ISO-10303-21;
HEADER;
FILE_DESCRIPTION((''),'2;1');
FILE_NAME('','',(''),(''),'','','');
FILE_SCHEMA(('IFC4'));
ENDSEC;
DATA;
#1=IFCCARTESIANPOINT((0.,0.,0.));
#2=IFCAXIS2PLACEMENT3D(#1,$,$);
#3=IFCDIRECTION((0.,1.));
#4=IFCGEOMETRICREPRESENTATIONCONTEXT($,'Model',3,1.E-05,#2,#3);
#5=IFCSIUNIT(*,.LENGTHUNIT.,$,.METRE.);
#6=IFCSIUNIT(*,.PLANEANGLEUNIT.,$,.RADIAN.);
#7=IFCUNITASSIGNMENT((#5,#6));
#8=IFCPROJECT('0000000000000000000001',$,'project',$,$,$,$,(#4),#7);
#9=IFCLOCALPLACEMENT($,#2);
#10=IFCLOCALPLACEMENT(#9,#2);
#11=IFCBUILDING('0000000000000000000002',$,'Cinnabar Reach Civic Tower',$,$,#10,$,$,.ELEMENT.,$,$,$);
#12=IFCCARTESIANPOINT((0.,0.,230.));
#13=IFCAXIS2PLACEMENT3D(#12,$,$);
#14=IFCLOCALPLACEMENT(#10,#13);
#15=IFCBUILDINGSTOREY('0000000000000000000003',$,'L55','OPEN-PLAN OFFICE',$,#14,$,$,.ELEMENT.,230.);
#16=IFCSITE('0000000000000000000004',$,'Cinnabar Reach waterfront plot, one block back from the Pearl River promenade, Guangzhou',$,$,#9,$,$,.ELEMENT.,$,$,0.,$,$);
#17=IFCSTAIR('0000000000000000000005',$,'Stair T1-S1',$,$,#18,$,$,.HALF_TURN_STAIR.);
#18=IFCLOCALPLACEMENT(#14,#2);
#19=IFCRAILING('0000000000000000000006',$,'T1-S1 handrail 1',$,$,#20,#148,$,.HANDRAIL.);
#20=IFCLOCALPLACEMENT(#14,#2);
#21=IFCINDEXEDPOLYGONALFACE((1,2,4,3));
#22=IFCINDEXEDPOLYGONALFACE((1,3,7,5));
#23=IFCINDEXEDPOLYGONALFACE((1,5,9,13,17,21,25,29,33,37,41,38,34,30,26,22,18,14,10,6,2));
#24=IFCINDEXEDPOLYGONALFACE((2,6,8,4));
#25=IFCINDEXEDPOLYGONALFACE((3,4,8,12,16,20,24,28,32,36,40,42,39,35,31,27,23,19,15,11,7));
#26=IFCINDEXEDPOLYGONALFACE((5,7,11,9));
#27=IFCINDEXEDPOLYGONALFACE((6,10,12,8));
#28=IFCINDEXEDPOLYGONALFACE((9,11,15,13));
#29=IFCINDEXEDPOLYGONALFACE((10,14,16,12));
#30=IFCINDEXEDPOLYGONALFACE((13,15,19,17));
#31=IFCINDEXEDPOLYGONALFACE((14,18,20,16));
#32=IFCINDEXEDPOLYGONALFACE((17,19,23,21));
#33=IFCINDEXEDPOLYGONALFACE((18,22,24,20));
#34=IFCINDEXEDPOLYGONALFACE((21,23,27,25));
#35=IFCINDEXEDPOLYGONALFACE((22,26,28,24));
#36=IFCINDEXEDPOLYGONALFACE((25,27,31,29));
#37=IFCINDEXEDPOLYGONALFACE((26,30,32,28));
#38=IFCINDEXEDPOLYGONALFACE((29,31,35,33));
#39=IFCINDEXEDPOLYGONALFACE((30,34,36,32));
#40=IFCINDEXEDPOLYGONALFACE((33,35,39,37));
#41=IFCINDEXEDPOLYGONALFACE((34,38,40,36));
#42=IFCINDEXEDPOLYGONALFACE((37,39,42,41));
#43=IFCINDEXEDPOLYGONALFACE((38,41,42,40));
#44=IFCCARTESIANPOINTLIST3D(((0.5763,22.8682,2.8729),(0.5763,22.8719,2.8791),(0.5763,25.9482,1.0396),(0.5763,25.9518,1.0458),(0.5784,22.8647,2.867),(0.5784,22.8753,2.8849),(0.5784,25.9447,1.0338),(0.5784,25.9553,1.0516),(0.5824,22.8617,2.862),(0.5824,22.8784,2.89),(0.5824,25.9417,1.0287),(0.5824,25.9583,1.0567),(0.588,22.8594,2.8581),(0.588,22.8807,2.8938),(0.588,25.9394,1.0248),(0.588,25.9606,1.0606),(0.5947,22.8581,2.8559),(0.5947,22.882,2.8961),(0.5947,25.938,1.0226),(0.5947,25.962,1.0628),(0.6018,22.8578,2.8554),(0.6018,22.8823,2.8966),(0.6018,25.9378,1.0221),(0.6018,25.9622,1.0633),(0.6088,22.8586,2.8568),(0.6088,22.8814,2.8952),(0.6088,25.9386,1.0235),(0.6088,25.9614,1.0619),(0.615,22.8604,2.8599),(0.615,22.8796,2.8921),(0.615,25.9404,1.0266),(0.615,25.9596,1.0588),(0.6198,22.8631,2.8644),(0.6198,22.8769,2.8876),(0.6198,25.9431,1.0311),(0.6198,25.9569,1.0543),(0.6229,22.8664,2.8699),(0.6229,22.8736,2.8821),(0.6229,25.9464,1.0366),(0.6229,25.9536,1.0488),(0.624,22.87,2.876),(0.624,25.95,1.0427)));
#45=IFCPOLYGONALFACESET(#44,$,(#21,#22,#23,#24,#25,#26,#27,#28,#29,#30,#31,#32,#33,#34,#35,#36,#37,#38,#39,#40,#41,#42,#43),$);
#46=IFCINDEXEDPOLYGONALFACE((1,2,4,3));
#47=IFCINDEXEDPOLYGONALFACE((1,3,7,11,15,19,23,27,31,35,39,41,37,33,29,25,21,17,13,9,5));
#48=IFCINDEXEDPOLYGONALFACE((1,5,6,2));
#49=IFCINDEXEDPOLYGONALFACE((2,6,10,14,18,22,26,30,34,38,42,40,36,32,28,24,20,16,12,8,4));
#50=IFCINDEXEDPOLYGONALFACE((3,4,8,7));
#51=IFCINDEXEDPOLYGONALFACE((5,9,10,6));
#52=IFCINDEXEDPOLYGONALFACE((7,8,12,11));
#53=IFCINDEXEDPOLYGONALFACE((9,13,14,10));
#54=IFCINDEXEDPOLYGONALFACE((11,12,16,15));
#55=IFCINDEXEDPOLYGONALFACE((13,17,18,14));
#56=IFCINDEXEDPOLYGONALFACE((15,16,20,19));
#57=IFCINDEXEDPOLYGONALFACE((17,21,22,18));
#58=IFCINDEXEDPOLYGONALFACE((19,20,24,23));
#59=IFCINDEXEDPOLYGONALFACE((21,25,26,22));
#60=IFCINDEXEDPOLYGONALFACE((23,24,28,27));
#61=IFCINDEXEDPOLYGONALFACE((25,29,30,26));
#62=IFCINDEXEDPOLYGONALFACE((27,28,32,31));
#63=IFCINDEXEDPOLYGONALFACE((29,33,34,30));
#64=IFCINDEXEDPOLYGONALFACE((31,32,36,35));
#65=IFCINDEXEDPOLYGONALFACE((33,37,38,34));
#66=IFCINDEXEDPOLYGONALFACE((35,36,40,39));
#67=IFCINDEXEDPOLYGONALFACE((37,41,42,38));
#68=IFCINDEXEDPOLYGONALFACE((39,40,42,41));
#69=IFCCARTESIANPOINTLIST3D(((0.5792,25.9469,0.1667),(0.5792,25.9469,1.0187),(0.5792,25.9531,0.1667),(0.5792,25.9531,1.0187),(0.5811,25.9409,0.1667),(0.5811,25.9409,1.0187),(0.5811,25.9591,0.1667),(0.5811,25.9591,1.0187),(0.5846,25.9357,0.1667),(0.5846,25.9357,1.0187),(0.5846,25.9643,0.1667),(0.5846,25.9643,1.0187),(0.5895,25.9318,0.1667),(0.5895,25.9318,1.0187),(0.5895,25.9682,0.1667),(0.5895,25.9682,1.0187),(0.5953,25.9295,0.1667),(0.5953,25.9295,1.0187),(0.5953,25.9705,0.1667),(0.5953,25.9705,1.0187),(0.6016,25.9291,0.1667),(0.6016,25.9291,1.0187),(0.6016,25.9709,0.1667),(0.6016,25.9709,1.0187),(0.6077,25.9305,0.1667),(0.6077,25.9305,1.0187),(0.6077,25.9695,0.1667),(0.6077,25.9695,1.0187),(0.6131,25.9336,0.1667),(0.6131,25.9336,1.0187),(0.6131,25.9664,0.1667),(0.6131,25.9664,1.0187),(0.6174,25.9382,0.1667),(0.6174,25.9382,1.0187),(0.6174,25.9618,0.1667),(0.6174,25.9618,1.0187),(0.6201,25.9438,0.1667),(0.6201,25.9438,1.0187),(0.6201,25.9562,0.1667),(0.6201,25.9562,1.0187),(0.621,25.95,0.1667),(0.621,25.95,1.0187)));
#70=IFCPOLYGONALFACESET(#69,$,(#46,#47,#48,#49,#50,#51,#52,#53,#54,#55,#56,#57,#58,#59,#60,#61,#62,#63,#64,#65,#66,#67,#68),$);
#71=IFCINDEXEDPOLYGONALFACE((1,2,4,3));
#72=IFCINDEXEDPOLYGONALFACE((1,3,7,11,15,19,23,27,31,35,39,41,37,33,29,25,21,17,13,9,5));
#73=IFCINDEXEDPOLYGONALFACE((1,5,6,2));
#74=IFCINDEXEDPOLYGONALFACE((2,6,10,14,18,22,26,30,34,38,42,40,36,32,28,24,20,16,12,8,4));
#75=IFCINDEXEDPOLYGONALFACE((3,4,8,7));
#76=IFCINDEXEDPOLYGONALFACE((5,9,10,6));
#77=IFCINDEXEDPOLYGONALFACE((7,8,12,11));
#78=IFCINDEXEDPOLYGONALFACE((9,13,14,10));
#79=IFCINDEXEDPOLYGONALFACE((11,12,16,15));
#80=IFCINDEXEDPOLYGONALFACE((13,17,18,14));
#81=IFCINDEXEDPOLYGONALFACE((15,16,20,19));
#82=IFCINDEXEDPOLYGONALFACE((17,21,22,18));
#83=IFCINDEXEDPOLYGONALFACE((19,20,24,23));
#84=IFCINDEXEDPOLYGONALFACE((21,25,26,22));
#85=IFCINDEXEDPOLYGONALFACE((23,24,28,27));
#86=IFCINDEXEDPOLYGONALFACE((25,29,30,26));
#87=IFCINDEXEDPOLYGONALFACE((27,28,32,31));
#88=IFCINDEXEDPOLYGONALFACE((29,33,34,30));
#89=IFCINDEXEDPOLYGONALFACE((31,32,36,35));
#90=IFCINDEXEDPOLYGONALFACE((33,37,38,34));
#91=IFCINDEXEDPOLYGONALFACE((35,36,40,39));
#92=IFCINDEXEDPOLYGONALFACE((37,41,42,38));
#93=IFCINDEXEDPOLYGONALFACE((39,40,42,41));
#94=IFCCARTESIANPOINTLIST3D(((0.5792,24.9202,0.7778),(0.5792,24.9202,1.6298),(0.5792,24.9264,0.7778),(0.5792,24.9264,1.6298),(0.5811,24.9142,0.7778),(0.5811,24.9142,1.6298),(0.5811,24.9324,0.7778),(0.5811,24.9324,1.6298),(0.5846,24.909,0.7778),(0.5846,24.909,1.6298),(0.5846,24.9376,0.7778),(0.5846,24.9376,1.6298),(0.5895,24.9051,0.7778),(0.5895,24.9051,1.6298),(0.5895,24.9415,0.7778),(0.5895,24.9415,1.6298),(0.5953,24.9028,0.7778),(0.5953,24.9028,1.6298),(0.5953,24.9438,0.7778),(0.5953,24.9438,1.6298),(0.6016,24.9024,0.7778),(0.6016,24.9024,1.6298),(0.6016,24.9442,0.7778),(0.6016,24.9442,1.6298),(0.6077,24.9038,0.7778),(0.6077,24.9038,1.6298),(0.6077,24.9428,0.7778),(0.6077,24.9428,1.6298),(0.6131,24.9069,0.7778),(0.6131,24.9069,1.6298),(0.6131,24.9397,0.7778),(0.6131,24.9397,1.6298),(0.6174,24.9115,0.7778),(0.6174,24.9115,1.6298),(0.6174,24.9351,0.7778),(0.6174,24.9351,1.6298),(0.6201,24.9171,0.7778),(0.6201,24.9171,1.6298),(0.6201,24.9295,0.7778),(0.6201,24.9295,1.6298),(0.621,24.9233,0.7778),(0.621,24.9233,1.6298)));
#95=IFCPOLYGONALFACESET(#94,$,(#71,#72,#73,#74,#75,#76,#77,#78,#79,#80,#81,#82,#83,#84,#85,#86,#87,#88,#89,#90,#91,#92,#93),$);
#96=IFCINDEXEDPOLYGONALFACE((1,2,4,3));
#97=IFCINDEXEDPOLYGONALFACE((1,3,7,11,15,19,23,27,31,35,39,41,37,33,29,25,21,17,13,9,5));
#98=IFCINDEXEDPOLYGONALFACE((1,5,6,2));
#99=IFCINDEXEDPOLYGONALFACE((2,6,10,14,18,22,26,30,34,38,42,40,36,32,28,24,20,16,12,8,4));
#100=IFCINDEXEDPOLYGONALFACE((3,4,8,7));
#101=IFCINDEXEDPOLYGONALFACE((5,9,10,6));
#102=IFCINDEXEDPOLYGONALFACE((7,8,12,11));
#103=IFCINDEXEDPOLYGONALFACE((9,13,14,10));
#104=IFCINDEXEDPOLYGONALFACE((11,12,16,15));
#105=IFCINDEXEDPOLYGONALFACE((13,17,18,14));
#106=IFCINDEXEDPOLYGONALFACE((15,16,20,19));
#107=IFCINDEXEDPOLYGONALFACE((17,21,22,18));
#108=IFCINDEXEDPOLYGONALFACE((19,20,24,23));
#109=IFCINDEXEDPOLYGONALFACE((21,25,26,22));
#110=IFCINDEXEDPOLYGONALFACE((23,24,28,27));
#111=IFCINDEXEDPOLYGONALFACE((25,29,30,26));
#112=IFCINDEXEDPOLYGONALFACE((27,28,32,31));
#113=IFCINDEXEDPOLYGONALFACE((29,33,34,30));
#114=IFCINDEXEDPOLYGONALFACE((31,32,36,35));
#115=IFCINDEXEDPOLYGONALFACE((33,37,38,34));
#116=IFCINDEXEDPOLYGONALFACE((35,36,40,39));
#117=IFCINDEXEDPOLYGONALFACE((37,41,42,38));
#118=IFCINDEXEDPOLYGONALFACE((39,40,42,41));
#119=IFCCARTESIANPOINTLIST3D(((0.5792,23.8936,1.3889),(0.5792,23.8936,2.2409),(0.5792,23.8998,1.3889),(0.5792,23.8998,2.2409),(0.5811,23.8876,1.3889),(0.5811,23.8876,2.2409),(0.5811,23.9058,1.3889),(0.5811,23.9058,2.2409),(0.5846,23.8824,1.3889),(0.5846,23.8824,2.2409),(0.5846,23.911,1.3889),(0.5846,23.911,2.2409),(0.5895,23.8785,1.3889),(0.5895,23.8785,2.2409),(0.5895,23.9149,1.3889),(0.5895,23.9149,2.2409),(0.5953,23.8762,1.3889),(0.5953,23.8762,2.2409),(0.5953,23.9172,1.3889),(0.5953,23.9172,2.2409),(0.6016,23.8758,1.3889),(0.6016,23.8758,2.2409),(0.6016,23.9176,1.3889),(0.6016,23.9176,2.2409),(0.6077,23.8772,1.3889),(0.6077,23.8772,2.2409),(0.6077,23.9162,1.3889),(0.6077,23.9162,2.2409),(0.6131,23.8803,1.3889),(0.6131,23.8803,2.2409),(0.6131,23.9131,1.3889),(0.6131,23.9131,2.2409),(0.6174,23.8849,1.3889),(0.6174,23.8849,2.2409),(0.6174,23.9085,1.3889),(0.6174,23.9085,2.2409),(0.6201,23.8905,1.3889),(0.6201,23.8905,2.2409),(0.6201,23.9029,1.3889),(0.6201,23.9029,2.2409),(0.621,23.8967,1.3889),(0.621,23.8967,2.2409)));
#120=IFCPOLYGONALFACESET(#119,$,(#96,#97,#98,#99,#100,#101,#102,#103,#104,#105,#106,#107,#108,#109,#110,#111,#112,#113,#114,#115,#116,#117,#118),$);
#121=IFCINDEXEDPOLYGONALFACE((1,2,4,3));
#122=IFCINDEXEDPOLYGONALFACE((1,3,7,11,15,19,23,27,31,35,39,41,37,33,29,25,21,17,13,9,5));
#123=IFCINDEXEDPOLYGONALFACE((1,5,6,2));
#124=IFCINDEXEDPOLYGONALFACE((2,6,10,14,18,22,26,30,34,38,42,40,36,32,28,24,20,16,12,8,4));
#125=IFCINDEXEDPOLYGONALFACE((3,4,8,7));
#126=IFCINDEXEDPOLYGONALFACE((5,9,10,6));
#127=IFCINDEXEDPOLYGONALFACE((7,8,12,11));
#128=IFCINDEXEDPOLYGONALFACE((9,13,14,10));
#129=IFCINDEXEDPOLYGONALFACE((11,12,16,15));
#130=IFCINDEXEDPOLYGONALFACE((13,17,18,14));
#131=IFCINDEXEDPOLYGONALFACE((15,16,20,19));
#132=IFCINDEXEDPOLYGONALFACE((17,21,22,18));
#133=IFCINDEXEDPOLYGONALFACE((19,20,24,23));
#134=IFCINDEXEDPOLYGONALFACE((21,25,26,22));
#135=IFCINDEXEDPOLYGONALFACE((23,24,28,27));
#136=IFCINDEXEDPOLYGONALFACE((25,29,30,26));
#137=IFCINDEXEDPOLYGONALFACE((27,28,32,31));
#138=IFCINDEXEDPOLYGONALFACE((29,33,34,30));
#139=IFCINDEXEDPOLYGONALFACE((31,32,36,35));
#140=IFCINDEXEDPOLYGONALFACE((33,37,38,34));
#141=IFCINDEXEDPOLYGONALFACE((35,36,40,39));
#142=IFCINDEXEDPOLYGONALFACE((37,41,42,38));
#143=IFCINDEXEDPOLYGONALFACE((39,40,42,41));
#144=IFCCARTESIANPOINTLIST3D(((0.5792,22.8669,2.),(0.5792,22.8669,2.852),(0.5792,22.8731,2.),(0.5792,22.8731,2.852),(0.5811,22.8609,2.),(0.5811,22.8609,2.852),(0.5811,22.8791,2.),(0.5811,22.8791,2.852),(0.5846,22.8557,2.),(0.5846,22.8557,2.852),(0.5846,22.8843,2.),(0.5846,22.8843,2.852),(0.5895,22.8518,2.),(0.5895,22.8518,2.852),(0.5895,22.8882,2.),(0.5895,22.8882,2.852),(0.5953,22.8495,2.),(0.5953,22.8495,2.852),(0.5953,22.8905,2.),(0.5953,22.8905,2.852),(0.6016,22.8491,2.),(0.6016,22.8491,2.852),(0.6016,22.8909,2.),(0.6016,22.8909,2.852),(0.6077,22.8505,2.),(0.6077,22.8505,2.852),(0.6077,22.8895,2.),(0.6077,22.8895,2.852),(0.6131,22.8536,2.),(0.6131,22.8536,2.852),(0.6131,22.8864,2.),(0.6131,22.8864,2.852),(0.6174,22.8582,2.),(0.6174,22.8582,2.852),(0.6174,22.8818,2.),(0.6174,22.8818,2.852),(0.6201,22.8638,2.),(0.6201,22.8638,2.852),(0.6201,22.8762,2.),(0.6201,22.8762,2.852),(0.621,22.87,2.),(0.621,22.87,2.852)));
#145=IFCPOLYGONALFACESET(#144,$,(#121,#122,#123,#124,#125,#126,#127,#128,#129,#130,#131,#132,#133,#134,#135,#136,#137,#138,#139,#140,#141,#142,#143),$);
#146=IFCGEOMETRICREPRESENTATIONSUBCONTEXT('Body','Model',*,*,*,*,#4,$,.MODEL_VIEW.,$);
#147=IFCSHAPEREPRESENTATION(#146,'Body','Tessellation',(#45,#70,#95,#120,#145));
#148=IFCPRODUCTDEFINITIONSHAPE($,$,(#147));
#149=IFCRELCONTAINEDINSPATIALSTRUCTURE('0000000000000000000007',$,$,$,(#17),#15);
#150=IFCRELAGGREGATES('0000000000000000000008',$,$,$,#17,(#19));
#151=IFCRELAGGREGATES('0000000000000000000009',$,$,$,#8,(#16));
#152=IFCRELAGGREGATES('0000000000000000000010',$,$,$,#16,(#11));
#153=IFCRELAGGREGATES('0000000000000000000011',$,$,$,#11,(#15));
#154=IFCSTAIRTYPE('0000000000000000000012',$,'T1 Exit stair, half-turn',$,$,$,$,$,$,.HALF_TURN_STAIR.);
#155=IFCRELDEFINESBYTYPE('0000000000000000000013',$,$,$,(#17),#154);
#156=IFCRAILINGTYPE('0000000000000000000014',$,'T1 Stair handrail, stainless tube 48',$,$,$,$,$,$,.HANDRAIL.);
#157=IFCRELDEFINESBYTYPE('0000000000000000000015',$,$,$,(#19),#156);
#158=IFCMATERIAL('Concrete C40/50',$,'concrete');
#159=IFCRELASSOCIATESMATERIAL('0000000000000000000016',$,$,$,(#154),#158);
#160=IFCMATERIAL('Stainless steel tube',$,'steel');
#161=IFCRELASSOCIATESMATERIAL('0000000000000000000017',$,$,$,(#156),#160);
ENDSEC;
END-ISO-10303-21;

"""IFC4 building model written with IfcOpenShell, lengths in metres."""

from ifc_helpers import new_model, si_unit, direction, frame, origin, origin_2d, place, context, subcontext, project, spatial, circle, extrude, material, type_object, element, aggregate, save


model = new_model("IFC4")

# Units and contexts
model_context = context("Model", 3, precision=1e-05, world=origin(), true_north=direction((0.0, 1.0)))
body_context = subcontext(model_context, "Body", "Model", "MODEL_VIEW")
ifc_project = project(units=[si_unit("LENGTHUNIT", "METRE"), si_unit("PLANEANGLEUNIT", "RADIAN")], contexts=[model_context])

# Site, building, storey
site_placement = place(None, origin())
site = spatial("IfcSite", under=ifc_project, at=site_placement, Name="Cinnabar Reach waterfront plot, one block back from the Pearl River promenade, Guangzhou", CompositionType="ELEMENT", RefElevation=0.0)
building_placement = place(site_placement, origin())
building = spatial("IfcBuilding", under=site, at=building_placement, Name="Cinnabar Reach Civic Tower", CompositionType="ELEMENT")
storey_placement = place(building_placement, frame((0.0, 0.0, 230.0)))
storey = spatial("IfcBuildingStorey", under=building, at=storey_placement, Name="L55", Description="OPEN-PLAN OFFICE", CompositionType="ELEMENT", Elevation=230.0)

# Shared definitions
ifc_material_1 = material(Name="Concrete C40/50", Category="concrete")

# Stair, railing
stair_type = type_object("IfcStairType", Name="T1 Exit stair, half-turn", PredefinedType="HALF_TURN_STAIR", material=ifc_material_1)
stair_placement = place(storey_placement, origin())
stair = element("IfcStair", 1, at=stair_placement, inside=storey, type_object=stair_type, Name="Stair T1-S1", PredefinedType="HALF_TURN_STAIR")
ifc_material_2 = material(Name="Stainless steel tube", Category="steel")
railing_type = type_object("IfcRailingType", Name="T1 Stair handrail, stainless tube 48", PredefinedType="HANDRAIL", material=ifc_material_2)
railing_1_placement = place(storey_placement, frame((0.6, 25.95, 0.1667)))
railing_1 = element("IfcRailing", 2, at=railing_1_placement, type_object=railing_type, Name="T1-S1 handrail 1", PredefinedType="HANDRAIL", context=body_context, shape_type="SweptSolid", body=[
    extrude(circle(Radius=0.024, at=origin_2d()), frame((0.0, 0.0, 0.876), z_axis=(0.0, -0.859297, 0.511477), x_axis=(1.0, 0.0, 0.0)), (0.0, 0.0, 1.0), 3.5843),
    extrude(circle(Radius=0.021, at=origin_2d()), origin(), (0.0, 0.0, 1.0), 0.852),
    extrude(circle(Radius=0.021, at=origin_2d()), frame((0.0, -1.0267, 0.6111)), (0.0, 0.0, 1.0), 0.852),
    extrude(circle(Radius=0.021, at=origin_2d()), frame((0.0, -2.0533, 1.2222)), (0.0, 0.0, 1.0), 0.852),
    extrude(circle(Radius=0.021, at=origin_2d()), frame((0.0, -3.08, 1.8333)), (0.0, 0.0, 1.0), 0.852),
])
aggregate(stair, [railing_1])

save(model, "model.ifc")
